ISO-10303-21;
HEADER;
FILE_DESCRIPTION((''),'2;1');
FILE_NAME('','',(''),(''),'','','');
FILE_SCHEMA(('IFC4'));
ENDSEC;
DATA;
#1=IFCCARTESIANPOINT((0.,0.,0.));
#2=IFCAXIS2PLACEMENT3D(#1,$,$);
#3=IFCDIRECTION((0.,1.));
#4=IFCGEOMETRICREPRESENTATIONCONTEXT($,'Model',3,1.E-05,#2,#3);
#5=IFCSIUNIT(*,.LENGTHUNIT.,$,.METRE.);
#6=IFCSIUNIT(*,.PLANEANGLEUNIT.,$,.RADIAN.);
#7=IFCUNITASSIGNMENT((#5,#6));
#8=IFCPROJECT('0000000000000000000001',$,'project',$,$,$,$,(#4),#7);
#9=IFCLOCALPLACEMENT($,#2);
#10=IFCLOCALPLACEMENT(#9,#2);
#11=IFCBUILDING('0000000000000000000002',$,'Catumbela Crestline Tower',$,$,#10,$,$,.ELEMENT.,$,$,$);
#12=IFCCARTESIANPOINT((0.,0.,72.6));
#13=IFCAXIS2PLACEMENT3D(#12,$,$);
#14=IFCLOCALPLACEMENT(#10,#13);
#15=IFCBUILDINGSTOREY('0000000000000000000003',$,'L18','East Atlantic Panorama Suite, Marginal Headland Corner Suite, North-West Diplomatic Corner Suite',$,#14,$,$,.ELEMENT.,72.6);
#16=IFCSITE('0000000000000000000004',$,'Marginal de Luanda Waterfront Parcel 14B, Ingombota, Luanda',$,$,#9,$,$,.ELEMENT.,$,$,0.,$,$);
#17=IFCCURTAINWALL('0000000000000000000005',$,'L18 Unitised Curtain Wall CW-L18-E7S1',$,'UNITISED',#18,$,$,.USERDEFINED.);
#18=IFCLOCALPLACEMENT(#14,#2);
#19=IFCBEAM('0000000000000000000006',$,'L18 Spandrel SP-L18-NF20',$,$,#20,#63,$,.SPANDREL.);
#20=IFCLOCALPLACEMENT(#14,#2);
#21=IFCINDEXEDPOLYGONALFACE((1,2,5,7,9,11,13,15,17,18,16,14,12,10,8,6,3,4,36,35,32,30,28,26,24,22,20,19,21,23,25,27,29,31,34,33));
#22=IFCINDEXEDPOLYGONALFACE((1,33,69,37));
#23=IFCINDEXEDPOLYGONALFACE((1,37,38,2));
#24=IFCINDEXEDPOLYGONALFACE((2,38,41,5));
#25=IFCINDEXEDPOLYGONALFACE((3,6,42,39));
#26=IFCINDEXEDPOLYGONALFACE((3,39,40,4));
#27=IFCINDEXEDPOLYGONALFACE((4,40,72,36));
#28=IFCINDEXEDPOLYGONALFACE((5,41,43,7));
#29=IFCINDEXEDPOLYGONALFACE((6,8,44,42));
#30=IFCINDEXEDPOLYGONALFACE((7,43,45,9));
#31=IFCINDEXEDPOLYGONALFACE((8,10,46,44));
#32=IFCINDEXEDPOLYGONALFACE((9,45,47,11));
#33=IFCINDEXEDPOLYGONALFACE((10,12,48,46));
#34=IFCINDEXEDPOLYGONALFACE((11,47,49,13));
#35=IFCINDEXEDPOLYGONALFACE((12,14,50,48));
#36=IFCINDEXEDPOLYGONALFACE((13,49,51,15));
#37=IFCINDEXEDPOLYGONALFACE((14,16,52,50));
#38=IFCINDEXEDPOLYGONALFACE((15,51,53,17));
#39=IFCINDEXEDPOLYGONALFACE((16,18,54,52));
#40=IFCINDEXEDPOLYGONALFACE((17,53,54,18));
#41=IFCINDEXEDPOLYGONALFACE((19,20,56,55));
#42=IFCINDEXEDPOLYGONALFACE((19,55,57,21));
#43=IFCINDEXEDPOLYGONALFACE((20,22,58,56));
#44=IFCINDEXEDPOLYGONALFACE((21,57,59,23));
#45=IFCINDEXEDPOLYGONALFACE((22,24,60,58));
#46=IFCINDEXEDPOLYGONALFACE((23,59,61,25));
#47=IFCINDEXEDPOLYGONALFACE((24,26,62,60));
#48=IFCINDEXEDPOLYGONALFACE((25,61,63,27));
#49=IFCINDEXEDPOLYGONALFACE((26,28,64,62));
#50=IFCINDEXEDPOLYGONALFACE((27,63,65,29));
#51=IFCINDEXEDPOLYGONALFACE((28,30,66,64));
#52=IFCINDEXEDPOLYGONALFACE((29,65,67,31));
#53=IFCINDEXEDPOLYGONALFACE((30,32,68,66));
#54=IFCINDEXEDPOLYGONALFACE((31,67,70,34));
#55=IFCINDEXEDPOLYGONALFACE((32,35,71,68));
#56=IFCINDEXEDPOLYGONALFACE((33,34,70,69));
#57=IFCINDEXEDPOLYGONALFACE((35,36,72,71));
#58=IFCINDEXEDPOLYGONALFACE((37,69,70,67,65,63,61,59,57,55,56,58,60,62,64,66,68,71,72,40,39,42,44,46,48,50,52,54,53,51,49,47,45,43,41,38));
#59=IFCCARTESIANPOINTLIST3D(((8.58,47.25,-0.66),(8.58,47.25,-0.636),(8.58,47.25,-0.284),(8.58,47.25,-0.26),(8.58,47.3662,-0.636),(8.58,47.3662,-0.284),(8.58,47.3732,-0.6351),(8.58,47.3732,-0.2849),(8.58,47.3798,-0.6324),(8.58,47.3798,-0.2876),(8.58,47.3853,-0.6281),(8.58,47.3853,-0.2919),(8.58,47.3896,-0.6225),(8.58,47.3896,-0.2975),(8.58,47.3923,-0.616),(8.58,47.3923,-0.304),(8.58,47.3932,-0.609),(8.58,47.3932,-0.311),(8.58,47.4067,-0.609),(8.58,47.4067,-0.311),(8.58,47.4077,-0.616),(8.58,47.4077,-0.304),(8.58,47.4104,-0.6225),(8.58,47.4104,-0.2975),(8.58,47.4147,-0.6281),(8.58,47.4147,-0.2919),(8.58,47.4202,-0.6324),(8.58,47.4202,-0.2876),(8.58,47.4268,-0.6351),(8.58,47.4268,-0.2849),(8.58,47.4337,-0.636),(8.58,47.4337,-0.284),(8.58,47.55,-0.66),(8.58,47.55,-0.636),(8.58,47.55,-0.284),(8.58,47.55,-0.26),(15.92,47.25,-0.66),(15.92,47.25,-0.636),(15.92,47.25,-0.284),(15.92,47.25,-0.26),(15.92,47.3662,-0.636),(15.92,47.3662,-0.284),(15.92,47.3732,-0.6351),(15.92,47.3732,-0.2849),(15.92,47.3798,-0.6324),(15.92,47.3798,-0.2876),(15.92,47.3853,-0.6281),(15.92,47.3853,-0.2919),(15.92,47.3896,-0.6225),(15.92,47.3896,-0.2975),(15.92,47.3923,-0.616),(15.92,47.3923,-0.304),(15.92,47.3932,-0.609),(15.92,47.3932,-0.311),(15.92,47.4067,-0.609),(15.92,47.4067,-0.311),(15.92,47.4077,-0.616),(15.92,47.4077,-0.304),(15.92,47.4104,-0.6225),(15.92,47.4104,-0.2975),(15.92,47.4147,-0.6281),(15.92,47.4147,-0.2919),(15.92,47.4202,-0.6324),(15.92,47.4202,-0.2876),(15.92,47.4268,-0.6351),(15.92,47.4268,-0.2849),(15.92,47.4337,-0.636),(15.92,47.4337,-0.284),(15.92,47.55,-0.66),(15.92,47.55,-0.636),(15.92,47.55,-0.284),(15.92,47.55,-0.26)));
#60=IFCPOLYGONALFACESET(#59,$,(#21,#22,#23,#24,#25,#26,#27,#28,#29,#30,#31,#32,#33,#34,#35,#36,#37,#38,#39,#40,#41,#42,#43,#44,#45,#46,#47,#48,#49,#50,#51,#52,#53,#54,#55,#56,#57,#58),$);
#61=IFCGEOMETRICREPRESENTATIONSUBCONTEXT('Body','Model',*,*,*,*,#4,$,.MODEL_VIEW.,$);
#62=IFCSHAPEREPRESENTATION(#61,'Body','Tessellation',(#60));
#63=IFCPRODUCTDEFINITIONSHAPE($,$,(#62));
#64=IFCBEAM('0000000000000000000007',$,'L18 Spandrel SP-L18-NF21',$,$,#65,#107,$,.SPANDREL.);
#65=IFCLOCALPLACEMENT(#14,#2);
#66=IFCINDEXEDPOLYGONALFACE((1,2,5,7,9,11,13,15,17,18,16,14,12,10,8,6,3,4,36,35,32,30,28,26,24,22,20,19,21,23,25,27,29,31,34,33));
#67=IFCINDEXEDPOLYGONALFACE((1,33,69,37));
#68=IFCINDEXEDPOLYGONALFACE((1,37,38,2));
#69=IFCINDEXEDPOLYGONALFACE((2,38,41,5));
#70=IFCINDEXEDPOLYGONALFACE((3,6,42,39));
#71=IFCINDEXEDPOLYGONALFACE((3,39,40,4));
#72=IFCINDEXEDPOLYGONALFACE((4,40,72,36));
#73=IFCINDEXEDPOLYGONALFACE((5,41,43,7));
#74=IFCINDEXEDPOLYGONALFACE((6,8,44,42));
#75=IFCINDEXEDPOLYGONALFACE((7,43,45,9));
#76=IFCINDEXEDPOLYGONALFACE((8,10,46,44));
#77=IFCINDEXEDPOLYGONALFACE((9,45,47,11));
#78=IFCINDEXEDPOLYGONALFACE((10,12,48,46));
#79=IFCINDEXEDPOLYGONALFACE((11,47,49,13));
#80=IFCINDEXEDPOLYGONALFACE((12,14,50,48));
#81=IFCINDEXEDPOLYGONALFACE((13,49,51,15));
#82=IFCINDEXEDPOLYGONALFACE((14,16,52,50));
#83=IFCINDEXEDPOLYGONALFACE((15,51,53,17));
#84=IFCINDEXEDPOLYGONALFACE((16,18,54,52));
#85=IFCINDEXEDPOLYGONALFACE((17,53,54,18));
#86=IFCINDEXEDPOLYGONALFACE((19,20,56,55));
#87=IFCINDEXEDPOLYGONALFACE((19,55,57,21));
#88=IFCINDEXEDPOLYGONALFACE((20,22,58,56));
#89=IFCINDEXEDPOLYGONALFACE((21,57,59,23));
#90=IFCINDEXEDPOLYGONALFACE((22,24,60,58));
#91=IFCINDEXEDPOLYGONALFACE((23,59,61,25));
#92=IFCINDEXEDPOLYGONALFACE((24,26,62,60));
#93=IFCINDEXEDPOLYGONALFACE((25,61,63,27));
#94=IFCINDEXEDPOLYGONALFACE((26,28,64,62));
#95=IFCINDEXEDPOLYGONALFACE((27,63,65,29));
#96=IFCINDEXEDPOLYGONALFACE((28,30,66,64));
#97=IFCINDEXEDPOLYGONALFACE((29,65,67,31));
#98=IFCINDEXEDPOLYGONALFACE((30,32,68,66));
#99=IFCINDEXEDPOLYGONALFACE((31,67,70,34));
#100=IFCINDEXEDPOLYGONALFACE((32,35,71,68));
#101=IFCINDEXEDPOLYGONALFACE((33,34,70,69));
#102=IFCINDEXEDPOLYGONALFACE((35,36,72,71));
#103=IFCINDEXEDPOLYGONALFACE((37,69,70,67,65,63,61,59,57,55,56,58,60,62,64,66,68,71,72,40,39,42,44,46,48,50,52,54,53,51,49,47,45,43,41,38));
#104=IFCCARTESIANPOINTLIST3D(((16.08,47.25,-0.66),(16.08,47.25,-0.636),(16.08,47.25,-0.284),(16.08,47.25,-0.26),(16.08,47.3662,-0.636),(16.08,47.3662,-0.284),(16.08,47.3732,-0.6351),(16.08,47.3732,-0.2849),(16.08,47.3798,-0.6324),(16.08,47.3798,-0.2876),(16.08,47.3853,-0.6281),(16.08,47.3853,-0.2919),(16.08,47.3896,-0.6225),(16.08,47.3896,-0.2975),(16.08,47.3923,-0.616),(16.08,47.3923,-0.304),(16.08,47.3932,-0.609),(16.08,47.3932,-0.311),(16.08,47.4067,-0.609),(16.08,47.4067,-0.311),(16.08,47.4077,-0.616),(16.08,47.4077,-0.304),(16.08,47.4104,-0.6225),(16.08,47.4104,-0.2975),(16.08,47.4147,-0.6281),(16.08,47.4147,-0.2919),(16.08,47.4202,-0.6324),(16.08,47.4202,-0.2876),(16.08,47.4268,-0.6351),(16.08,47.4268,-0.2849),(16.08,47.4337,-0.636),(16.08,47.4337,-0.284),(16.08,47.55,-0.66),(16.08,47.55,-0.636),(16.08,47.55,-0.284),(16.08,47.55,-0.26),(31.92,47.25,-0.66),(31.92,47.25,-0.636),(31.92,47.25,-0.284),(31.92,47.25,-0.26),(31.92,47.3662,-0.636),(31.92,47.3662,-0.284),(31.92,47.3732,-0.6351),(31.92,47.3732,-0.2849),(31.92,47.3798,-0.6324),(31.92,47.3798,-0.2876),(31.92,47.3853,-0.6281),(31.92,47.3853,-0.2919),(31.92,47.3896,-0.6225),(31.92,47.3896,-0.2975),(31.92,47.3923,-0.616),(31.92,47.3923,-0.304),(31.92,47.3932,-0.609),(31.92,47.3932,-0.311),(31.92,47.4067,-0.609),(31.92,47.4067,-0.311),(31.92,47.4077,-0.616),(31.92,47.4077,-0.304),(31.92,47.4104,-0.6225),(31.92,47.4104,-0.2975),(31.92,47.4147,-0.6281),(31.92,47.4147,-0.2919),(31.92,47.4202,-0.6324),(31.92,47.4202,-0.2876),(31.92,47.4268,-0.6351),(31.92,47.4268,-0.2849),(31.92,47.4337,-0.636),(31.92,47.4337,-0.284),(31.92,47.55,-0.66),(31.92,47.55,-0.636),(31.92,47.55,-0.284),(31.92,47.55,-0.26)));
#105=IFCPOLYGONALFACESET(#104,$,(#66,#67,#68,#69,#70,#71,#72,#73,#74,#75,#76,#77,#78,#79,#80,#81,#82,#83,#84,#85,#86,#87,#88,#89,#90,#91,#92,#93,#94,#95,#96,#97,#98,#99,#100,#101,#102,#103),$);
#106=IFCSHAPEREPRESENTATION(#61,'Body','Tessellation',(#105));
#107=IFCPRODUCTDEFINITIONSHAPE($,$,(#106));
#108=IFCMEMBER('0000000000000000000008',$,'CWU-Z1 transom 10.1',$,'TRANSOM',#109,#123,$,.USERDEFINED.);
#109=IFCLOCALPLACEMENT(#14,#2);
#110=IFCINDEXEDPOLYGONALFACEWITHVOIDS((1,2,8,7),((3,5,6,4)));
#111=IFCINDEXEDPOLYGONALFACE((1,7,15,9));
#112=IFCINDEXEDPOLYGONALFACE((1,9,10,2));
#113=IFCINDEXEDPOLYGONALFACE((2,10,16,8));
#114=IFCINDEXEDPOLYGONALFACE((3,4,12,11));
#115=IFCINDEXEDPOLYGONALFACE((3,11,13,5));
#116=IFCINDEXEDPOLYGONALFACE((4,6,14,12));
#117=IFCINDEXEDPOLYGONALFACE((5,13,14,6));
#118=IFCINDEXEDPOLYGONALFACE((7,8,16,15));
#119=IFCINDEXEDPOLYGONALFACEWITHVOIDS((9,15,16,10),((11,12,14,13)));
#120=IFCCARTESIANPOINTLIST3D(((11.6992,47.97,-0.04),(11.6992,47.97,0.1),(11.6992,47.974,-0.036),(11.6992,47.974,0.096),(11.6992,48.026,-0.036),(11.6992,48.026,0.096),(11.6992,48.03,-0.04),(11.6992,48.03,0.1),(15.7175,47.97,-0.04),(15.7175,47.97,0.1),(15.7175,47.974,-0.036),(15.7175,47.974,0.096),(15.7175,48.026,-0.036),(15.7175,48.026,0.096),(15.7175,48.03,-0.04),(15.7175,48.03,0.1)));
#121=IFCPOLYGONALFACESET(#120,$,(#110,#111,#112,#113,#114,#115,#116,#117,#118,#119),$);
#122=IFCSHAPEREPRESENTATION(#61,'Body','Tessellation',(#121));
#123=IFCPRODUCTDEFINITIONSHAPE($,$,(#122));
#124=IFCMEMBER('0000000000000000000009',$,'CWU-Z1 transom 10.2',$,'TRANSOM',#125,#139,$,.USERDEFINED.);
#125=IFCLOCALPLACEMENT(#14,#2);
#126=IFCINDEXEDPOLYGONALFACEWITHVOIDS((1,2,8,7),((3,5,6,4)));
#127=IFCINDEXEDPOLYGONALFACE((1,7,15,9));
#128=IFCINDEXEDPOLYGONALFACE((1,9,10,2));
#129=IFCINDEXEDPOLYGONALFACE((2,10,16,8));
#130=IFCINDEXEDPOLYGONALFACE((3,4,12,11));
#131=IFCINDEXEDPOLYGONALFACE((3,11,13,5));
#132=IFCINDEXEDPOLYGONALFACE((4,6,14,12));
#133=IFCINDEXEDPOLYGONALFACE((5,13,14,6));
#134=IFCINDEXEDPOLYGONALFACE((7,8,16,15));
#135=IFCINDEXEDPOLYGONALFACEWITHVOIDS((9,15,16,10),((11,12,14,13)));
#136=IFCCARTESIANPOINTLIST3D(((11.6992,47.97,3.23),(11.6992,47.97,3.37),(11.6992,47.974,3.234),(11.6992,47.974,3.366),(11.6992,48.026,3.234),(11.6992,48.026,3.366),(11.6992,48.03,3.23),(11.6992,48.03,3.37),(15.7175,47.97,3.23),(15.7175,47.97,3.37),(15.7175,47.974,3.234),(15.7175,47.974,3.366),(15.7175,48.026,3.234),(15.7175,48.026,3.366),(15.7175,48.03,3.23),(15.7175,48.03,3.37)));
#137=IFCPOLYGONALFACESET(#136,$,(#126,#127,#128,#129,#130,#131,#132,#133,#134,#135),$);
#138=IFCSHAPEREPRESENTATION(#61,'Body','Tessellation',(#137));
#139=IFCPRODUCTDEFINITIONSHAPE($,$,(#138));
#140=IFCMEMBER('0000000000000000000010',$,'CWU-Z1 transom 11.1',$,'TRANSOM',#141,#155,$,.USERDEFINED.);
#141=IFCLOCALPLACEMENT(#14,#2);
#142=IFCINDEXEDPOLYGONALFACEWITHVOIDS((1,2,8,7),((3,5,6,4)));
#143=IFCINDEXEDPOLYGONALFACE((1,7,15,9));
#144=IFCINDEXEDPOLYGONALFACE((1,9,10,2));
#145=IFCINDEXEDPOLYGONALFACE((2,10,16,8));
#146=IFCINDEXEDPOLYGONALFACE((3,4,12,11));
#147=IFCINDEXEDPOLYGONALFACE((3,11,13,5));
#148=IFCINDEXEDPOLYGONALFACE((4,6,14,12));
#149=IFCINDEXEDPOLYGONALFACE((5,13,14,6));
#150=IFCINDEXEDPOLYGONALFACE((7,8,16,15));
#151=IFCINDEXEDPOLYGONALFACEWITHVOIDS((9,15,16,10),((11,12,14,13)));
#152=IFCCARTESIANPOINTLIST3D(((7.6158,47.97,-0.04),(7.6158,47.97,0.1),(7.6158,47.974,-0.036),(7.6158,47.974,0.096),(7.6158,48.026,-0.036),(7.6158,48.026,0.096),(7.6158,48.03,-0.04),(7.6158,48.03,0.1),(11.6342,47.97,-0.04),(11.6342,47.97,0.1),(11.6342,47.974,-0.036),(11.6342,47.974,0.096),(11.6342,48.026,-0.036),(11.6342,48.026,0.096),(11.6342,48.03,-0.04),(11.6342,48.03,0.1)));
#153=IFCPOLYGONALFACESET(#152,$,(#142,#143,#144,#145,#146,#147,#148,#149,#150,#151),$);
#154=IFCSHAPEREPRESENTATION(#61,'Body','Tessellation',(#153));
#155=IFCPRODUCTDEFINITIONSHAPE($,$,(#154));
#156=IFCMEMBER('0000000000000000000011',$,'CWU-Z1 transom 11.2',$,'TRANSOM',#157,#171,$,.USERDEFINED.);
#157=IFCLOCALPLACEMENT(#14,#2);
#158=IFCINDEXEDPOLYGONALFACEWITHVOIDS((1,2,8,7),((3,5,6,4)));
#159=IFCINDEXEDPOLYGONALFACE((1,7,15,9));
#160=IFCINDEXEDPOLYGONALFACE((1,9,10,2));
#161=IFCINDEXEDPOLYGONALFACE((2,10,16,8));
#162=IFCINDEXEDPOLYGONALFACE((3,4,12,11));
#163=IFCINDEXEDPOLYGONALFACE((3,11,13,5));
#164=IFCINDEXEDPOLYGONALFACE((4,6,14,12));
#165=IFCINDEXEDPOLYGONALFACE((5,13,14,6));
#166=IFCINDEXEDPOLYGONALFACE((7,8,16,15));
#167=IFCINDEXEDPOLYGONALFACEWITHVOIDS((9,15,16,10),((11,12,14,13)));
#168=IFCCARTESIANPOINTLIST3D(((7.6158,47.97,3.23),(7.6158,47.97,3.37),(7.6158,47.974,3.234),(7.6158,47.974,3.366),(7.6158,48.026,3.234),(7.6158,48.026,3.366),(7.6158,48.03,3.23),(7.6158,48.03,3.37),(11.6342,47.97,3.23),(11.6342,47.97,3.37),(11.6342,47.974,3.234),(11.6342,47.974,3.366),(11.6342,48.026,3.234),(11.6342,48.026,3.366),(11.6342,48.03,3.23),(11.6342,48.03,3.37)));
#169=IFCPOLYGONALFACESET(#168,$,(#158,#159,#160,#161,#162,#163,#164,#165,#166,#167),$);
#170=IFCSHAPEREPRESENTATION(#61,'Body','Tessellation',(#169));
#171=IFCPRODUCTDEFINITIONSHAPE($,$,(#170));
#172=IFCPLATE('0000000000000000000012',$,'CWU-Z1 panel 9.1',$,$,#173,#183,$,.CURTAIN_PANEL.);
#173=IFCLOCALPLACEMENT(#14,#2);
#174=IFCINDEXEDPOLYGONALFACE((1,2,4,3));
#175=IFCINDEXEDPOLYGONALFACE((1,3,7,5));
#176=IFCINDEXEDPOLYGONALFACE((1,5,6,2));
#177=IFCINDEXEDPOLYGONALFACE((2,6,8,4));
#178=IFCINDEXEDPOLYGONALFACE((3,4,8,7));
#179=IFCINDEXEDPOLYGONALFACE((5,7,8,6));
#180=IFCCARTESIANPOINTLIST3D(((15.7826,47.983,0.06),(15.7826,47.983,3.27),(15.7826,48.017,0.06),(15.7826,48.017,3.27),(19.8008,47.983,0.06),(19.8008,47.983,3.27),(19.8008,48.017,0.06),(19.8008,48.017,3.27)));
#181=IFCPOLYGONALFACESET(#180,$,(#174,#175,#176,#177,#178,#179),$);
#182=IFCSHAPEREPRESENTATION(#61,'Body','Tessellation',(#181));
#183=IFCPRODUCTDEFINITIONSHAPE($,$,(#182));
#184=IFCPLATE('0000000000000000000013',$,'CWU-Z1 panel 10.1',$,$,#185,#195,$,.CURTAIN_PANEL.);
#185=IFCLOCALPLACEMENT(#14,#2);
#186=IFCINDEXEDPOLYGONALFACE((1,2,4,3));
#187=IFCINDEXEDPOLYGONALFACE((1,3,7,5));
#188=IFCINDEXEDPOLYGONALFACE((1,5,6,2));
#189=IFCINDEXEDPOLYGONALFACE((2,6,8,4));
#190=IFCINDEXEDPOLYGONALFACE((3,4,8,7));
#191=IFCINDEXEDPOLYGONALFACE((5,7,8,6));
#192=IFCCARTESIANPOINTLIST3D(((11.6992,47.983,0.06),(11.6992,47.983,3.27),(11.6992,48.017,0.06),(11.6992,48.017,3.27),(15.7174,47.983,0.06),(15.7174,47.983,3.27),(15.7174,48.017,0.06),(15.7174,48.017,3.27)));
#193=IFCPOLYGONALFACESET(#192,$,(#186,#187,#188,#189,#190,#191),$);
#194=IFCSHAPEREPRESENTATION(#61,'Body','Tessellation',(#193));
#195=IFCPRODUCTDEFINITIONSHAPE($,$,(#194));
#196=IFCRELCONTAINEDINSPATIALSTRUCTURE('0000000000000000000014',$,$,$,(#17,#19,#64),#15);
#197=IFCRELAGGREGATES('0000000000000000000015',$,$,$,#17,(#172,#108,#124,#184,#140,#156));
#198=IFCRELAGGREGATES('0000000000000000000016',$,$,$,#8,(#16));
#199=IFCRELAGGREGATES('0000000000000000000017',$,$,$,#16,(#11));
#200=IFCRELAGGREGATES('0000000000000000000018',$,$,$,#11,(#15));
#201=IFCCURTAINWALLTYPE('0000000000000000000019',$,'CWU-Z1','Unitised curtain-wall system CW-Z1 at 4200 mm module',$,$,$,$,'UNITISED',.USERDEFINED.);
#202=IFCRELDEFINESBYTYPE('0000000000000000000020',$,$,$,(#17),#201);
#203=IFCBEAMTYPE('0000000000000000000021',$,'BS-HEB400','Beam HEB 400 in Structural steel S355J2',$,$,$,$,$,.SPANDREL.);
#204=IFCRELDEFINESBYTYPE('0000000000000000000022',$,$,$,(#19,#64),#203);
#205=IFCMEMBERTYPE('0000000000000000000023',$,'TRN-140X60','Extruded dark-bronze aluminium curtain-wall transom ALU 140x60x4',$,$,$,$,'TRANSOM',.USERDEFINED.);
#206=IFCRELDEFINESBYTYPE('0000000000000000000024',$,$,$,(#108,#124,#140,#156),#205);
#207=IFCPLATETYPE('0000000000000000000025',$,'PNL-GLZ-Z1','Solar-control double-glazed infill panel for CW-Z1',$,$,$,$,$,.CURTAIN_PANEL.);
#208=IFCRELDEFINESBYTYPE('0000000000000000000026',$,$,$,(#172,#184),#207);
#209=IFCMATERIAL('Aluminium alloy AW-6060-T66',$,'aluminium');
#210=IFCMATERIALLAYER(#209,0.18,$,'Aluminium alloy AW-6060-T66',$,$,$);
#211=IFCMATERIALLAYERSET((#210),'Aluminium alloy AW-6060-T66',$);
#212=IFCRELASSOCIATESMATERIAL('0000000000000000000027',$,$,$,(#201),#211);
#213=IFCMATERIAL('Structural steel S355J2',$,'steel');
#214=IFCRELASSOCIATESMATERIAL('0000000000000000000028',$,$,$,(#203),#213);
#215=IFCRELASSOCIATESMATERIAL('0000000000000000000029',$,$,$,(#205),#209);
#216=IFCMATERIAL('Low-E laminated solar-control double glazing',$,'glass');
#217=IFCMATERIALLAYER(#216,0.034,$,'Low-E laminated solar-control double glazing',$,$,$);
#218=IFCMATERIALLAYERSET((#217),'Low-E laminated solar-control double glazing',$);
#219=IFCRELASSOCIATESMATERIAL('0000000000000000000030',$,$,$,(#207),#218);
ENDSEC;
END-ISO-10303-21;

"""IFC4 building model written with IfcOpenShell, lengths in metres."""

from ifc_helpers import new_model, si_unit, direction, frame, origin, origin_2d, place, context, subcontext, project, spatial, rectangle, hollow_rectangle, i_section, extrude, material, layer, layer_set, material_profile, profile_set, type_object, element, aggregate, save


model = new_model("IFC4")

# Units and contexts
model_context = context("Model", 3, precision=1e-05, world=origin(), true_north=direction((0.0, 1.0)))
body_context = subcontext(model_context, "Body", "Model", "MODEL_VIEW")
ifc_project = project(units=[si_unit("LENGTHUNIT", "METRE"), si_unit("PLANEANGLEUNIT", "RADIAN")], contexts=[model_context])

# Site, building, storey
site_placement = place(None, origin())
site = spatial("IfcSite", under=ifc_project, at=site_placement, Name="Marginal de Luanda Waterfront Parcel 14B, Ingombota, Luanda", CompositionType="ELEMENT", RefElevation=0.0)
building_placement = place(site_placement, origin())
building = spatial("IfcBuilding", under=site, at=building_placement, Name="Catumbela Crestline Tower", CompositionType="ELEMENT")
storey_placement = place(building_placement, frame((0.0, 0.0, 72.6)))
storey = spatial("IfcBuildingStorey", under=building, at=storey_placement, Name="L18", Description="East Atlantic Panorama Suite, Marginal Headland Corner Suite, North-West Diplomatic Corner Suite", CompositionType="ELEMENT", Elevation=72.6)

# Curtain wall
ifc_material_1 = material(Name="Aluminium alloy AW-6060-T66", Category="aluminium")
ifc_layer_1 = layer(ifc_material_1, 0.18, Name="Aluminium alloy AW-6060-T66")
ifc_layer_set_1 = layer_set([ifc_layer_1], Name="Aluminium alloy AW-6060-T66")
curtain_wall_type = type_object("IfcCurtainWallType", Name="CWU-Z1", Description="Unitised curtain-wall system CW-Z1 at 4200 mm module", ElementType="UNITISED", PredefinedType="USERDEFINED", material=ifc_layer_set_1)
curtain_wall_placement = place(storey_placement, origin())
curtain_wall = element("IfcCurtainWall", 1, at=curtain_wall_placement, inside=storey, type_object=curtain_wall_type, Name="L18 Unitised Curtain Wall CW-L18-E7S1", ObjectType="UNITISED", PredefinedType="USERDEFINED")

# Beams
ifc_material_2 = material(Name="Structural steel S355J2", Category="steel")
ifc_material_profile_1 = material_profile(ifc_material_2, i_section(OverallWidth=0.3, OverallDepth=0.4, WebThickness=0.0135, FlangeThickness=0.024, FilletRadius=0.027, at=origin_2d()), Name="HEB 400")
ifc_profile_set_1 = profile_set([ifc_material_profile_1], Name="Structural steel S355J2")
beam_type = type_object("IfcBeamType", Name="BS-HEB400", Description="Beam HEB 400 in Structural steel S355J2", PredefinedType="SPANDREL", material=ifc_profile_set_1)
beam_1_placement = place(storey_placement, frame((8.58, 47.4, -0.46), z_axis=(1.0, 0.0, 0.0), x_axis=(0.0, 1.0, 0.0)))
element("IfcBeam", 2, at=beam_1_placement, inside=storey, type_object=beam_type, Name="L18 Spandrel SP-L18-NF20", PredefinedType="SPANDREL", context=body_context, shape_type="SweptSolid", body=[
    extrude(i_section(OverallWidth=0.3, OverallDepth=0.4, WebThickness=0.0135, FlangeThickness=0.024, FilletRadius=0.027, at=origin_2d()), origin(), (0.0, 0.0, 1.0), 7.34),
])
beam_2_placement = place(storey_placement, frame((16.08, 47.4, -0.46), z_axis=(1.0, 0.0, 0.0), x_axis=(0.0, 1.0, 0.0)))
element("IfcBeam", 3, at=beam_2_placement, inside=storey, type_object=beam_type, Name="L18 Spandrel SP-L18-NF21", PredefinedType="SPANDREL", context=body_context, shape_type="SweptSolid", body=[
    extrude(i_section(OverallWidth=0.3, OverallDepth=0.4, WebThickness=0.0135, FlangeThickness=0.024, FilletRadius=0.027, at=origin_2d()), origin(), (0.0, 0.0, 1.0), 15.84),
])

# Members
ifc_material_profile_2 = material_profile(ifc_material_1, hollow_rectangle(XDim=0.06, YDim=0.14, WallThickness=0.004, at=origin_2d()), Name="ALU 140x60x4")
ifc_profile_set_2 = profile_set([ifc_material_profile_2], Name="Aluminium alloy AW-6060-T66")
member_type_1 = type_object("IfcMemberType", Name="TRN-140X60", Description="Extruded dark-bronze aluminium curtain-wall transom ALU 140x60x4", ElementType="TRANSOM", PredefinedType="USERDEFINED", material=ifc_profile_set_2)
member_1_placement = place(storey_placement, frame((15.7175, 48.0, 0.03), z_axis=(-1.0, 0.0, 0.0), x_axis=(0.0, -1.0, 0.0)))
member_1 = element("IfcMember", 4, at=member_1_placement, type_object=member_type_1, Name="CWU-Z1 transom 10.1", ObjectType="TRANSOM", PredefinedType="USERDEFINED", context=body_context, shape_type="SweptSolid", body=[
    extrude(hollow_rectangle(XDim=0.06, YDim=0.14, WallThickness=0.004, at=origin_2d()), origin(), (0.0, 0.0, 1.0), 4.0183),
])
member_2_placement = place(storey_placement, frame((15.7175, 48.0, 3.3), z_axis=(-1.0, 0.0, 0.0), x_axis=(0.0, -1.0, 0.0)))
member_2 = element("IfcMember", 5, at=member_2_placement, type_object=member_type_1, Name="CWU-Z1 transom 10.2", ObjectType="TRANSOM", PredefinedType="USERDEFINED", context=body_context, shape_type="SweptSolid", body=[
    extrude(hollow_rectangle(XDim=0.06, YDim=0.14, WallThickness=0.004, at=origin_2d()), origin(), (0.0, 0.0, 1.0), 4.0183),
])
member_3_placement = place(storey_placement, frame((11.6342, 48.0, 0.03), z_axis=(-1.0, 0.0, 0.0), x_axis=(0.0, -1.0, 0.0)))
member_3 = element("IfcMember", 6, at=member_3_placement, type_object=member_type_1, Name="CWU-Z1 transom 11.1", ObjectType="TRANSOM", PredefinedType="USERDEFINED", context=body_context, shape_type="SweptSolid", body=[
    extrude(hollow_rectangle(XDim=0.06, YDim=0.14, WallThickness=0.004, at=origin_2d()), origin(), (0.0, 0.0, 1.0), 4.0184),
])
member_4_placement = place(storey_placement, frame((11.6342, 48.0, 3.3), z_axis=(-1.0, 0.0, 0.0), x_axis=(0.0, -1.0, 0.0)))
member_4 = element("IfcMember", 7, at=member_4_placement, type_object=member_type_1, Name="CWU-Z1 transom 11.2", ObjectType="TRANSOM", PredefinedType="USERDEFINED", context=body_context, shape_type="SweptSolid", body=[
    extrude(hollow_rectangle(XDim=0.06, YDim=0.14, WallThickness=0.004, at=origin_2d()), origin(), (0.0, 0.0, 1.0), 4.0184),
])

# Plates
ifc_material_3 = material(Name="Low-E laminated solar-control double glazing", Category="glass")
ifc_layer_2 = layer(ifc_material_3, 0.034, Name="Low-E laminated solar-control double glazing")
ifc_layer_set_2 = layer_set([ifc_layer_2], Name="Low-E laminated solar-control double glazing")
plate_type = type_object("IfcPlateType", Name="PNL-GLZ-Z1", Description="Solar-control double-glazed infill panel for CW-Z1", PredefinedType="CURTAIN_PANEL", material=ifc_layer_set_2)
plate_1_placement = place(storey_placement, frame((17.7917, 48.0, 0.06), z_axis=(0.0, 0.0, 1.0), x_axis=(-1.0, 0.0, 0.0)))
plate_1 = element("IfcPlate", 8, at=plate_1_placement, type_object=plate_type, Name="CWU-Z1 panel 9.1", PredefinedType="CURTAIN_PANEL", context=body_context, shape_type="SweptSolid", body=[
    extrude(rectangle(XDim=4.0183, YDim=0.034, at=origin_2d()), origin(), (0.0, 0.0, 1.0), 3.21),
])
plate_2_placement = place(storey_placement, frame((13.7083, 48.0, 0.06), z_axis=(0.0, 0.0, 1.0), x_axis=(-1.0, 0.0, 0.0)))
plate_2 = element("IfcPlate", 9, at=plate_2_placement, type_object=plate_type, Name="CWU-Z1 panel 10.1", PredefinedType="CURTAIN_PANEL", context=body_context, shape_type="SweptSolid", body=[
    extrude(rectangle(XDim=4.0183, YDim=0.034, at=origin_2d()), origin(), (0.0, 0.0, 1.0), 3.21),
])
aggregate(curtain_wall, [plate_1, member_1, member_2, plate_2, member_3, member_4])

save(model, "model.ifc")
